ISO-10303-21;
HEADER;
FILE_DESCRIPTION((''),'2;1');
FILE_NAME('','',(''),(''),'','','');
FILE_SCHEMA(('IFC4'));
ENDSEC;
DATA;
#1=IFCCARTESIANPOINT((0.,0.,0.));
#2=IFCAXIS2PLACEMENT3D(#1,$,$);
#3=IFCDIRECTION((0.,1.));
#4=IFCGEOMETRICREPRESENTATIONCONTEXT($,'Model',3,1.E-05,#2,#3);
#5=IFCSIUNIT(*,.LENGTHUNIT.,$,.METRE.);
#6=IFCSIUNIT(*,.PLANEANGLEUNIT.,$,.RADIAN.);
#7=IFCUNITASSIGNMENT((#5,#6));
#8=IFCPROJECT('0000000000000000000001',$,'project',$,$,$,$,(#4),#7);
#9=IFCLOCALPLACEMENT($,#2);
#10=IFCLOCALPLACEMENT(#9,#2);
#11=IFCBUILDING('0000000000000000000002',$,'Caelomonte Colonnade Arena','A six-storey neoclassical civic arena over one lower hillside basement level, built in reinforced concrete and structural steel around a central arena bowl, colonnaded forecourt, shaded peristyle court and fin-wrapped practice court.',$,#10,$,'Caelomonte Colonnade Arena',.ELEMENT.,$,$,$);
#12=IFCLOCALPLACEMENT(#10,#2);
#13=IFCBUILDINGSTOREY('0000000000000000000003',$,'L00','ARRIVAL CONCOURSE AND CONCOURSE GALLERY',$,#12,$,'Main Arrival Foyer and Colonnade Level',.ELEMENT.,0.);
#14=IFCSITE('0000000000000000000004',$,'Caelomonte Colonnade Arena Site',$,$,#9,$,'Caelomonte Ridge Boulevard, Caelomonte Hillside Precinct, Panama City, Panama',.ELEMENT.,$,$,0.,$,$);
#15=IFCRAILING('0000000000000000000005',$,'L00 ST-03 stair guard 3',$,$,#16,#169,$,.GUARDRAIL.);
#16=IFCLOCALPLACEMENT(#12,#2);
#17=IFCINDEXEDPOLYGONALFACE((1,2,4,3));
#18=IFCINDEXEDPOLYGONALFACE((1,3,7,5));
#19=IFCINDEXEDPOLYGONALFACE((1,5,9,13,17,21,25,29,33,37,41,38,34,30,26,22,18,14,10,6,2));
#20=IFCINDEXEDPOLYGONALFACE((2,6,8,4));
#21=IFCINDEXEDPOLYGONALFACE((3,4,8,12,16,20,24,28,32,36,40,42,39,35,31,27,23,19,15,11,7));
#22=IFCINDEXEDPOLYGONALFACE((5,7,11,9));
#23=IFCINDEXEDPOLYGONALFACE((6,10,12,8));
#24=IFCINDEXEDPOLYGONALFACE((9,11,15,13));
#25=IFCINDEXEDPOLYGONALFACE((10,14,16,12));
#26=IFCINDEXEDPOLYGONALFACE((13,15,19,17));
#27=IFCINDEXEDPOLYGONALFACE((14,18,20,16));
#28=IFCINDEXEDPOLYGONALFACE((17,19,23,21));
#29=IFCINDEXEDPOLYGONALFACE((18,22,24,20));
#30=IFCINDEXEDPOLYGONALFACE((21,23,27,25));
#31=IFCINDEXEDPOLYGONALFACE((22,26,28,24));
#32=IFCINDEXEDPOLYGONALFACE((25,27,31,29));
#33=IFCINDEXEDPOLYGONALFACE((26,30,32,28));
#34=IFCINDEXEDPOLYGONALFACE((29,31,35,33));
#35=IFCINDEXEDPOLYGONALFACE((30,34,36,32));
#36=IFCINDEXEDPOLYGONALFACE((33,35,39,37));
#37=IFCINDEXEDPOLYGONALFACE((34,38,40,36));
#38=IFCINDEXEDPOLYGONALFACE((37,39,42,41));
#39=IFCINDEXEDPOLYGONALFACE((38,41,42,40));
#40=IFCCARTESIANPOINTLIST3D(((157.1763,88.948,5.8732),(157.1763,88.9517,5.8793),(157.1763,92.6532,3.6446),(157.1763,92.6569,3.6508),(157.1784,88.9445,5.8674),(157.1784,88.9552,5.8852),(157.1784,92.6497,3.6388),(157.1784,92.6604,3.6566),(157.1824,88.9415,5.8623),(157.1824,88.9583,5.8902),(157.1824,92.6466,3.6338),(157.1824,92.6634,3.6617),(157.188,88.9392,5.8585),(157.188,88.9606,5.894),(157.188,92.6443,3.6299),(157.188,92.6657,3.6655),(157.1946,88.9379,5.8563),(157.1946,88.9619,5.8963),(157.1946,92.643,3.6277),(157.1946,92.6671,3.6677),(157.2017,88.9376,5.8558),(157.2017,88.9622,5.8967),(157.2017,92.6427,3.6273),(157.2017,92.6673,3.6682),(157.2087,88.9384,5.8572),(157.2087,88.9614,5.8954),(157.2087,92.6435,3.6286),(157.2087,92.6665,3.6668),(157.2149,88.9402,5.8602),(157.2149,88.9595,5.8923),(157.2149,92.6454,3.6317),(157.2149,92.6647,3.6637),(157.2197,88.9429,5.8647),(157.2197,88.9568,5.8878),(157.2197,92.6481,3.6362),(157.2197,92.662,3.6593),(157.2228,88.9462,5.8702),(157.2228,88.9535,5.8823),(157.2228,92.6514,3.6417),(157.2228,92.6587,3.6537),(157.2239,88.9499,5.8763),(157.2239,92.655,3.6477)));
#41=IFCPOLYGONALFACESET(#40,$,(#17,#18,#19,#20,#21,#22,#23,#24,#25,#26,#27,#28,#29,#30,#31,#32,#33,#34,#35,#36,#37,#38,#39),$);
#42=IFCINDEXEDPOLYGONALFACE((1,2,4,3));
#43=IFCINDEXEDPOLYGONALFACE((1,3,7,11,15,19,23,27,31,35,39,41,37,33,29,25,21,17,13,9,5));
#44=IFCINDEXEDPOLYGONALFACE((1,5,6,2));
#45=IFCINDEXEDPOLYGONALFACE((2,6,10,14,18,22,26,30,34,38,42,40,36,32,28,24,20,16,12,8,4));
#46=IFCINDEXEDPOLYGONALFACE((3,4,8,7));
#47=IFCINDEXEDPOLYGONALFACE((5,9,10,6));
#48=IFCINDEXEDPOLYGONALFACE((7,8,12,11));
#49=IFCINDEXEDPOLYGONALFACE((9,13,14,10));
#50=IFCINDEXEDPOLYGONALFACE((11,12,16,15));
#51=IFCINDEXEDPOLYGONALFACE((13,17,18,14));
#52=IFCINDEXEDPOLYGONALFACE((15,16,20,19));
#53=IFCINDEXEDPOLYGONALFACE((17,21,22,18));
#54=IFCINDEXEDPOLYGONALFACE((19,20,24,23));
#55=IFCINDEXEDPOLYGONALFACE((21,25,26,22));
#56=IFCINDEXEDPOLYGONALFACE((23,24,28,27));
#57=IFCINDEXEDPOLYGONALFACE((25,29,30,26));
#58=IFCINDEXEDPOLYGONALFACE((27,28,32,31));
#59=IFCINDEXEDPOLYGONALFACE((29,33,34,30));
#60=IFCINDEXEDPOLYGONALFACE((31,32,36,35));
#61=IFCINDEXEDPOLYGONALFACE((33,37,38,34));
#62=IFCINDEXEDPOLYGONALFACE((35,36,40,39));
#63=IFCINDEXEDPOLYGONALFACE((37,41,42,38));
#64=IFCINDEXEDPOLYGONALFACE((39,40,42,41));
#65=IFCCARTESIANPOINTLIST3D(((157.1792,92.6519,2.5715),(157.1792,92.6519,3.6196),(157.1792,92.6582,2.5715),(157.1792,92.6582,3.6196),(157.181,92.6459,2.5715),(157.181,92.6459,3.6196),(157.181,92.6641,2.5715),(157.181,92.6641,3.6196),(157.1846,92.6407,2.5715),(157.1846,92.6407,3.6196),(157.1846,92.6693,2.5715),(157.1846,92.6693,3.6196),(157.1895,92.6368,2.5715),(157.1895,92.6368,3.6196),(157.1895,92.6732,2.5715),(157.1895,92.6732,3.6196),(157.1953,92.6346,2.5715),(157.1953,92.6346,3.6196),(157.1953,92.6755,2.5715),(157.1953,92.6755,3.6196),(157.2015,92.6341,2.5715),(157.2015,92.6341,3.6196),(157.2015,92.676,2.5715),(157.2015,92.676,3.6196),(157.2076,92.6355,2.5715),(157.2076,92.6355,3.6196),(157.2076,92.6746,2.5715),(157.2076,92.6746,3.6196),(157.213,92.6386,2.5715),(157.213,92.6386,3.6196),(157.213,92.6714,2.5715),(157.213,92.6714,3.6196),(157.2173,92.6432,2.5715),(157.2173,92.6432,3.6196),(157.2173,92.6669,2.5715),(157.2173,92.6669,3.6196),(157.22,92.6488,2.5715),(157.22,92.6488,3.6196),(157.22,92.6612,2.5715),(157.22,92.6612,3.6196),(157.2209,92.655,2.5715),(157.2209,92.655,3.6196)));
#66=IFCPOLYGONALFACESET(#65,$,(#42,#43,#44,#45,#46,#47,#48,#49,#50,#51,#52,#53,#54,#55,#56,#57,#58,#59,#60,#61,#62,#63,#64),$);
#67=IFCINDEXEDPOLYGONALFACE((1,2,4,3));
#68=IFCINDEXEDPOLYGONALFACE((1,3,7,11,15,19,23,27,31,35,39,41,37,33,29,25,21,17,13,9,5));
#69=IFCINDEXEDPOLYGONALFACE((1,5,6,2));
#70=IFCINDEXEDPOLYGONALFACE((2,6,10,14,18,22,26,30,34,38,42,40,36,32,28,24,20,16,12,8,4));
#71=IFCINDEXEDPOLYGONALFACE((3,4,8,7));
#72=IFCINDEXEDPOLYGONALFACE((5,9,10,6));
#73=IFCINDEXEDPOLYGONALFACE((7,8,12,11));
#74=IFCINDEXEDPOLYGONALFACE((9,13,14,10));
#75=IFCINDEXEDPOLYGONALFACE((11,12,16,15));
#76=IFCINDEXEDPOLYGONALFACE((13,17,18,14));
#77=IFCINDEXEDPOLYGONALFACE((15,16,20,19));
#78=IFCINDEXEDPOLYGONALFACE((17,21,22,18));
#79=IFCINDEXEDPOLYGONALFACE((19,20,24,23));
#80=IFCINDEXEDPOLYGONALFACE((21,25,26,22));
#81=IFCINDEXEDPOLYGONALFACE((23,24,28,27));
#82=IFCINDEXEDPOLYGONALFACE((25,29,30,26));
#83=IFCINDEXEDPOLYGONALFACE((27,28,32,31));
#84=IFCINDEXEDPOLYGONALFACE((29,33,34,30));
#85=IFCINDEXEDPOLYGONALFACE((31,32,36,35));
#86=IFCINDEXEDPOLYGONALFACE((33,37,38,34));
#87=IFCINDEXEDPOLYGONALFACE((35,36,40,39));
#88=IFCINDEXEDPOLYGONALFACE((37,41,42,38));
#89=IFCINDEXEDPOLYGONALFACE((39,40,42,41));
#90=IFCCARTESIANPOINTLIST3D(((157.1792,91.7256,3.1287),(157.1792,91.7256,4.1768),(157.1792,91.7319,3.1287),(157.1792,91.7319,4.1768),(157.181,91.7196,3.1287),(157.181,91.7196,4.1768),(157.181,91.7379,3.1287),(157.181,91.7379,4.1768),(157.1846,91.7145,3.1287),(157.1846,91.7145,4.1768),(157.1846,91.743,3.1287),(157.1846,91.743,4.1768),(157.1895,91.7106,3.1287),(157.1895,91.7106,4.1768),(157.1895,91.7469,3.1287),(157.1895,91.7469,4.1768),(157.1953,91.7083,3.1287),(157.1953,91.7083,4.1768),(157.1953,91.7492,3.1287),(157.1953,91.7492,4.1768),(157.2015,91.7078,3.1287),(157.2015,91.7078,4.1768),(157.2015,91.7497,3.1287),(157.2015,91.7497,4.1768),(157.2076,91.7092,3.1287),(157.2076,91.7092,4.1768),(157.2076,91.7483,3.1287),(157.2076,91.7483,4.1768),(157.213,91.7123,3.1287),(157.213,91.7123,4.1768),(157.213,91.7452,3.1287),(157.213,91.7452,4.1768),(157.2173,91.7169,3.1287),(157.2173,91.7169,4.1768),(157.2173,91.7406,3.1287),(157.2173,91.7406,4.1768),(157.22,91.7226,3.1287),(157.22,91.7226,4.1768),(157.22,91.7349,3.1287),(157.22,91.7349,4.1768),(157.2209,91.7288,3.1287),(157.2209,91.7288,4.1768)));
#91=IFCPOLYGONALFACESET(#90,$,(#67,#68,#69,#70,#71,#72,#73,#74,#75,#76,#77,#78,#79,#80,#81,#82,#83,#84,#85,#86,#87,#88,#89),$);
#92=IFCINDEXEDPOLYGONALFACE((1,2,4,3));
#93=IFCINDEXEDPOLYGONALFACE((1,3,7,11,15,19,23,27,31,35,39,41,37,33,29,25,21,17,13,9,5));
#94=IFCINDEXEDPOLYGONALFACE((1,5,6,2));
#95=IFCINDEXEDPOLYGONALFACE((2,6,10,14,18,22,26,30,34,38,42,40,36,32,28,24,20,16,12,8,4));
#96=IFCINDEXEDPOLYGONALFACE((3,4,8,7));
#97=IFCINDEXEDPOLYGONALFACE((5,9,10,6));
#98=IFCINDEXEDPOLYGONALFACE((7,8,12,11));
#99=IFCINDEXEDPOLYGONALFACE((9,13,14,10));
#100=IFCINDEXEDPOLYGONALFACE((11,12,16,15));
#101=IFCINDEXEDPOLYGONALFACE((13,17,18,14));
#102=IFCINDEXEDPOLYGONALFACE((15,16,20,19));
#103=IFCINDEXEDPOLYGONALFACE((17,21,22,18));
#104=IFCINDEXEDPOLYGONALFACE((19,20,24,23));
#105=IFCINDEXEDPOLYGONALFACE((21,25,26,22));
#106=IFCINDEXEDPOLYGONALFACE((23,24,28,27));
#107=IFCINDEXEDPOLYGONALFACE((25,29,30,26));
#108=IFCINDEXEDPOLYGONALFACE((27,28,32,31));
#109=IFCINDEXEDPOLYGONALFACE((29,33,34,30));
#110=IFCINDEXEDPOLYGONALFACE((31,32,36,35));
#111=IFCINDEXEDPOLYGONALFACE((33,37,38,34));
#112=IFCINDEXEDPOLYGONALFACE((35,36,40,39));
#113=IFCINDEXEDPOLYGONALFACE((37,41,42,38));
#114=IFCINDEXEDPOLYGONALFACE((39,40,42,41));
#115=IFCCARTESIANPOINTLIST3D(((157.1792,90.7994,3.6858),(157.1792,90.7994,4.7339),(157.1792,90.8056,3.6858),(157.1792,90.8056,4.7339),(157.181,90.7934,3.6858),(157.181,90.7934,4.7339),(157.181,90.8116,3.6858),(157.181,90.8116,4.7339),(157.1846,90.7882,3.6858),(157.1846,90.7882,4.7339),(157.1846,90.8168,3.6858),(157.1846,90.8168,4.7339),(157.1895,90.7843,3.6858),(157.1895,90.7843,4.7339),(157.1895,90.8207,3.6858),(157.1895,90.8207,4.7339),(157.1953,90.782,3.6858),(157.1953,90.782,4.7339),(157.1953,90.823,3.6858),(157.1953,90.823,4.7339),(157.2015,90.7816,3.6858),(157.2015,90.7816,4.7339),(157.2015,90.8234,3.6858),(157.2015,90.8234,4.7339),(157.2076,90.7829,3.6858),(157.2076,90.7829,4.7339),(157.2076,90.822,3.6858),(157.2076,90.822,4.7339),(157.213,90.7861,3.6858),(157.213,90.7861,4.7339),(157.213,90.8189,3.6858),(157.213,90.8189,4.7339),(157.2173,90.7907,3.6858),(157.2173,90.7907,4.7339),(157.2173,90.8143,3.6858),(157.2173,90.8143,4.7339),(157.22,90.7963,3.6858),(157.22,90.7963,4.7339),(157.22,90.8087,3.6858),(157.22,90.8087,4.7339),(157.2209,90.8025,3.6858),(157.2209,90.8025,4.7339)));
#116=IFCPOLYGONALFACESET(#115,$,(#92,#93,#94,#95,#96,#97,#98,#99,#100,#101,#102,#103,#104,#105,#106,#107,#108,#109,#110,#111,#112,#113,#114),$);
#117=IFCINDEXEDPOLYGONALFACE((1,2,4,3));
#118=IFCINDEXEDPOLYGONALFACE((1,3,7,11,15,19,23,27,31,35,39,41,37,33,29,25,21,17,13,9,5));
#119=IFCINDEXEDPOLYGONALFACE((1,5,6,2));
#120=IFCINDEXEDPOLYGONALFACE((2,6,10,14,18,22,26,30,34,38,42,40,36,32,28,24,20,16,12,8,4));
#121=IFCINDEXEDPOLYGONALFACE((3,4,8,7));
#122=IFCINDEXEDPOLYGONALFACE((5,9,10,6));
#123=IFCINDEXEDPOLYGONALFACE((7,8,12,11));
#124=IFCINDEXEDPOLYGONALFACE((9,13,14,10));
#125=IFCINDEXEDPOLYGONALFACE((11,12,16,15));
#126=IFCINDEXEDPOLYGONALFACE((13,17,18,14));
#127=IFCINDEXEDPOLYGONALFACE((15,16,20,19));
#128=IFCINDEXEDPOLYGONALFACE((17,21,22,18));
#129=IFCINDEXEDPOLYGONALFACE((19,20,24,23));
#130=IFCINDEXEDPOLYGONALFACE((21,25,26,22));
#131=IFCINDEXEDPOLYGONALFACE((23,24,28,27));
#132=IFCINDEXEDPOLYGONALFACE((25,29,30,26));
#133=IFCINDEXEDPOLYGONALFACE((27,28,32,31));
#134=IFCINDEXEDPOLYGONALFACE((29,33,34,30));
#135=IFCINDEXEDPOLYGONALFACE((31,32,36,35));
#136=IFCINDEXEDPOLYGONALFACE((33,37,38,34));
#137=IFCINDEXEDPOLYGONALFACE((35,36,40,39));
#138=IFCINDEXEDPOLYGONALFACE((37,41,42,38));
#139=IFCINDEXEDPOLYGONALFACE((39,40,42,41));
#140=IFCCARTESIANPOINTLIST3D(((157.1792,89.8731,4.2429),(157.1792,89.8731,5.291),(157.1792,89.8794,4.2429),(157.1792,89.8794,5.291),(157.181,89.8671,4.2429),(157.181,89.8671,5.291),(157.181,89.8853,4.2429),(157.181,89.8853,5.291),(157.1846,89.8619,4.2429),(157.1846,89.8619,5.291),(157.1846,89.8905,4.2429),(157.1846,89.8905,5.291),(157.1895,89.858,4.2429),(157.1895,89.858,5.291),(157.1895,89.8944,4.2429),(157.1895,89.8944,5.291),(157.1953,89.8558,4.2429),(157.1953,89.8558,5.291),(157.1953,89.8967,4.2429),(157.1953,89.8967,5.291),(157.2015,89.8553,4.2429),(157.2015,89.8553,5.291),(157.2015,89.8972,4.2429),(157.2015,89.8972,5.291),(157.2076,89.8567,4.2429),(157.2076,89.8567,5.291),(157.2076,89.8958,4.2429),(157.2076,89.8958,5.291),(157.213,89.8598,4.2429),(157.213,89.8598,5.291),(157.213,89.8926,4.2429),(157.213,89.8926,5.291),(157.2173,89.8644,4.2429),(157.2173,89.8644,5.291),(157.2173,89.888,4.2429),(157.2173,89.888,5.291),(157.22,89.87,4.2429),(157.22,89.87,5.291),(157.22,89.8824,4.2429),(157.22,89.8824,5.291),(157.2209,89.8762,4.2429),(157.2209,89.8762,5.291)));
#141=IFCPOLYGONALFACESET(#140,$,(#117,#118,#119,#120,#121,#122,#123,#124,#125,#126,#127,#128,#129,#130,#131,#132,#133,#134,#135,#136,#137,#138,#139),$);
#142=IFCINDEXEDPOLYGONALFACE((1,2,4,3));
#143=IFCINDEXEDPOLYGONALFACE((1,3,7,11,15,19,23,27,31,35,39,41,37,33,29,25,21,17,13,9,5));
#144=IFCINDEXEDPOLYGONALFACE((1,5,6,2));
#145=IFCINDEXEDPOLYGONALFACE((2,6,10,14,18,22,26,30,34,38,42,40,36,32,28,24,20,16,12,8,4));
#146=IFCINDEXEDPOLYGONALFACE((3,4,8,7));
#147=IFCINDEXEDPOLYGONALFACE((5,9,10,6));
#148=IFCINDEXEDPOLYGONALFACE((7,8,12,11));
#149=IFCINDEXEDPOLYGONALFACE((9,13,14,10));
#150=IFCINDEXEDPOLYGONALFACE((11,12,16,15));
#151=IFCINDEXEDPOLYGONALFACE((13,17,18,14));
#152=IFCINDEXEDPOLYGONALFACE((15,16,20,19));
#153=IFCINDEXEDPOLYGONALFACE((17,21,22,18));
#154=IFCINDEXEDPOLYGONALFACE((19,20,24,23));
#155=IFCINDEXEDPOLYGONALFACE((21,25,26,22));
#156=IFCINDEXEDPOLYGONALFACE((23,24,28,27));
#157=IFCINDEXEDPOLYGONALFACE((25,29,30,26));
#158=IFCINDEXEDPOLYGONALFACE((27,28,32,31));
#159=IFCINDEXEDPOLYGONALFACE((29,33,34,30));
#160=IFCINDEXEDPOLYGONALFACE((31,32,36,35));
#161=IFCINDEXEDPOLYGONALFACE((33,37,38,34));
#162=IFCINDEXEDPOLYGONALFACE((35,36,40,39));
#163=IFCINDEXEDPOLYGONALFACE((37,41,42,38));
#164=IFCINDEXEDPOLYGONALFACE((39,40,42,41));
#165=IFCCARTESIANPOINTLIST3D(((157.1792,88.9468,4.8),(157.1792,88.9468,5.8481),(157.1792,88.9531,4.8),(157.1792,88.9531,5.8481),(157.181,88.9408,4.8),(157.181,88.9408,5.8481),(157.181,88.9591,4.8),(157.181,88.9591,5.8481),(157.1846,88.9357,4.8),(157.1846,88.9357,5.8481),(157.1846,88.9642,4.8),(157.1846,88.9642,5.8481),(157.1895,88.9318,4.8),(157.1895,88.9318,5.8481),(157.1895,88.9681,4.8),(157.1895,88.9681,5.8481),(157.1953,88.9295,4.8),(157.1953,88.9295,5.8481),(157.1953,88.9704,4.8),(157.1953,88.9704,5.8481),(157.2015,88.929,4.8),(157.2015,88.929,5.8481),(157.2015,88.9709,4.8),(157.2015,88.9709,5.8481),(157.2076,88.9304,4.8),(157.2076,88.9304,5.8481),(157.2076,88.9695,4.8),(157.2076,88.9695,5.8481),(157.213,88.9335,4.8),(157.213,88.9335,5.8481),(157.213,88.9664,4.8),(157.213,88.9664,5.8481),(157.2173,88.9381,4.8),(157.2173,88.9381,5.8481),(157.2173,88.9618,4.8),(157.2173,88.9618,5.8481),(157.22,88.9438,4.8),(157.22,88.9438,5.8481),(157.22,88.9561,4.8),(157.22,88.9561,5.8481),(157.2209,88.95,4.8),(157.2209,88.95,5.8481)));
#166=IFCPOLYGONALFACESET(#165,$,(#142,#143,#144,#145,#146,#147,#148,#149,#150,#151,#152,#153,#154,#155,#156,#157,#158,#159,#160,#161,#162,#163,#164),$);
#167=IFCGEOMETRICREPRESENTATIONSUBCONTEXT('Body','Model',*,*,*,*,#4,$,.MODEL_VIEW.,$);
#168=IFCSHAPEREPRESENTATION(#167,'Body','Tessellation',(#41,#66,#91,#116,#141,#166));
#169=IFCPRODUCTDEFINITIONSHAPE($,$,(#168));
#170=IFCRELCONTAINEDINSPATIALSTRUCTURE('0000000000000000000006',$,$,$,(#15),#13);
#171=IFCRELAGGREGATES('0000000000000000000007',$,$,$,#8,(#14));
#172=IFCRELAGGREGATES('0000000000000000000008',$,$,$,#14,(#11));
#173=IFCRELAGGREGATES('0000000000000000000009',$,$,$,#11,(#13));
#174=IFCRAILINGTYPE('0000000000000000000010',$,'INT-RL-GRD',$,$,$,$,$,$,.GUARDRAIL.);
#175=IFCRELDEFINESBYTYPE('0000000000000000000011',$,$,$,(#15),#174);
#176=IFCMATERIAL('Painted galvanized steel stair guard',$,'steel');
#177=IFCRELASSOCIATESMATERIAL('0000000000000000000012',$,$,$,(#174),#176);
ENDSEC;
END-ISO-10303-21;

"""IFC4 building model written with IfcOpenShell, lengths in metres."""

from ifc_helpers import new_model, si_unit, direction, frame, origin, origin_2d, place, context, subcontext, project, spatial, circle, extrude, material, type_object, element, save


model = new_model("IFC4")

# Units and contexts
model_context = context("Model", 3, precision=1e-05, world=origin(), true_north=direction((0.0, 1.0)))
body_context = subcontext(model_context, "Body", "Model", "MODEL_VIEW")
ifc_project = project(units=[si_unit("LENGTHUNIT", "METRE"), si_unit("PLANEANGLEUNIT", "RADIAN")], contexts=[model_context])

# Site, building, storey
site_placement = place(None, origin())
site = spatial("IfcSite", under=ifc_project, at=site_placement, Name="Caelomonte Colonnade Arena Site", LongName="Caelomonte Ridge Boulevard, Caelomonte Hillside Precinct, Panama City, Panama", CompositionType="ELEMENT", RefElevation=0.0)
building_placement = place(site_placement, origin())
building = spatial("IfcBuilding", under=site, at=building_placement, Name="Caelomonte Colonnade Arena", Description="A six-storey neoclassical civic arena over one lower hillside basement level, built in reinforced concrete and structural steel around a central arena bowl, colonnaded forecourt, shaded peristyle court and fin-wrapped practice court.", LongName="Caelomonte Colonnade Arena", CompositionType="ELEMENT")
storey_placement = place(building_placement, origin())
storey = spatial("IfcBuildingStorey", under=building, at=storey_placement, Name="L00", Description="ARRIVAL CONCOURSE AND CONCOURSE GALLERY", LongName="Main Arrival Foyer and Colonnade Level", CompositionType="ELEMENT", Elevation=0.0)

# Railing
ifc_material_1 = material(Name="Painted galvanized steel stair guard", Category="steel")
railing_type_1 = type_object("IfcRailingType", Name="INT-RL-GRD", PredefinedType="GUARDRAIL", material=ifc_material_1)
railing_1_placement = place(storey_placement, frame((157.2, 92.655, 2.5715)))
element("IfcRailing", 1, at=railing_1_placement, inside=storey, type_object=railing_type_1, Name="L00 ST-03 stair guard 3", PredefinedType="GUARDRAIL", context=body_context, shape_type="SweptSolid", body=[
    extrude(circle(Radius=0.0239, at=origin_2d()), frame((0.0, 0.0, 1.0762), z_axis=(0.0, -0.856934, 0.515425), x_axis=(1.0, 0.0, 0.0)), (0.0, 0.0, 1.0), 4.3237),
    extrude(circle(Radius=0.021, at=origin_2d()), origin(), (0.0, 0.0, 1.0), 1.0481),
    extrude(circle(Radius=0.021, at=origin_2d()), frame((0.0, -0.9263, 0.5571)), (0.0, 0.0, 1.0), 1.0481),
    extrude(circle(Radius=0.021, at=origin_2d()), frame((0.0, -1.8525, 1.1143)), (0.0, 0.0, 1.0), 1.0481),
    extrude(circle(Radius=0.021, at=origin_2d()), frame((0.0, -2.7788, 1.6714)), (0.0, 0.0, 1.0), 1.0481),
    extrude(circle(Radius=0.021, at=origin_2d()), frame((0.0, -3.7051, 2.2285)), (0.0, 0.0, 1.0), 1.0481),
])

save(model, "model.ifc")
